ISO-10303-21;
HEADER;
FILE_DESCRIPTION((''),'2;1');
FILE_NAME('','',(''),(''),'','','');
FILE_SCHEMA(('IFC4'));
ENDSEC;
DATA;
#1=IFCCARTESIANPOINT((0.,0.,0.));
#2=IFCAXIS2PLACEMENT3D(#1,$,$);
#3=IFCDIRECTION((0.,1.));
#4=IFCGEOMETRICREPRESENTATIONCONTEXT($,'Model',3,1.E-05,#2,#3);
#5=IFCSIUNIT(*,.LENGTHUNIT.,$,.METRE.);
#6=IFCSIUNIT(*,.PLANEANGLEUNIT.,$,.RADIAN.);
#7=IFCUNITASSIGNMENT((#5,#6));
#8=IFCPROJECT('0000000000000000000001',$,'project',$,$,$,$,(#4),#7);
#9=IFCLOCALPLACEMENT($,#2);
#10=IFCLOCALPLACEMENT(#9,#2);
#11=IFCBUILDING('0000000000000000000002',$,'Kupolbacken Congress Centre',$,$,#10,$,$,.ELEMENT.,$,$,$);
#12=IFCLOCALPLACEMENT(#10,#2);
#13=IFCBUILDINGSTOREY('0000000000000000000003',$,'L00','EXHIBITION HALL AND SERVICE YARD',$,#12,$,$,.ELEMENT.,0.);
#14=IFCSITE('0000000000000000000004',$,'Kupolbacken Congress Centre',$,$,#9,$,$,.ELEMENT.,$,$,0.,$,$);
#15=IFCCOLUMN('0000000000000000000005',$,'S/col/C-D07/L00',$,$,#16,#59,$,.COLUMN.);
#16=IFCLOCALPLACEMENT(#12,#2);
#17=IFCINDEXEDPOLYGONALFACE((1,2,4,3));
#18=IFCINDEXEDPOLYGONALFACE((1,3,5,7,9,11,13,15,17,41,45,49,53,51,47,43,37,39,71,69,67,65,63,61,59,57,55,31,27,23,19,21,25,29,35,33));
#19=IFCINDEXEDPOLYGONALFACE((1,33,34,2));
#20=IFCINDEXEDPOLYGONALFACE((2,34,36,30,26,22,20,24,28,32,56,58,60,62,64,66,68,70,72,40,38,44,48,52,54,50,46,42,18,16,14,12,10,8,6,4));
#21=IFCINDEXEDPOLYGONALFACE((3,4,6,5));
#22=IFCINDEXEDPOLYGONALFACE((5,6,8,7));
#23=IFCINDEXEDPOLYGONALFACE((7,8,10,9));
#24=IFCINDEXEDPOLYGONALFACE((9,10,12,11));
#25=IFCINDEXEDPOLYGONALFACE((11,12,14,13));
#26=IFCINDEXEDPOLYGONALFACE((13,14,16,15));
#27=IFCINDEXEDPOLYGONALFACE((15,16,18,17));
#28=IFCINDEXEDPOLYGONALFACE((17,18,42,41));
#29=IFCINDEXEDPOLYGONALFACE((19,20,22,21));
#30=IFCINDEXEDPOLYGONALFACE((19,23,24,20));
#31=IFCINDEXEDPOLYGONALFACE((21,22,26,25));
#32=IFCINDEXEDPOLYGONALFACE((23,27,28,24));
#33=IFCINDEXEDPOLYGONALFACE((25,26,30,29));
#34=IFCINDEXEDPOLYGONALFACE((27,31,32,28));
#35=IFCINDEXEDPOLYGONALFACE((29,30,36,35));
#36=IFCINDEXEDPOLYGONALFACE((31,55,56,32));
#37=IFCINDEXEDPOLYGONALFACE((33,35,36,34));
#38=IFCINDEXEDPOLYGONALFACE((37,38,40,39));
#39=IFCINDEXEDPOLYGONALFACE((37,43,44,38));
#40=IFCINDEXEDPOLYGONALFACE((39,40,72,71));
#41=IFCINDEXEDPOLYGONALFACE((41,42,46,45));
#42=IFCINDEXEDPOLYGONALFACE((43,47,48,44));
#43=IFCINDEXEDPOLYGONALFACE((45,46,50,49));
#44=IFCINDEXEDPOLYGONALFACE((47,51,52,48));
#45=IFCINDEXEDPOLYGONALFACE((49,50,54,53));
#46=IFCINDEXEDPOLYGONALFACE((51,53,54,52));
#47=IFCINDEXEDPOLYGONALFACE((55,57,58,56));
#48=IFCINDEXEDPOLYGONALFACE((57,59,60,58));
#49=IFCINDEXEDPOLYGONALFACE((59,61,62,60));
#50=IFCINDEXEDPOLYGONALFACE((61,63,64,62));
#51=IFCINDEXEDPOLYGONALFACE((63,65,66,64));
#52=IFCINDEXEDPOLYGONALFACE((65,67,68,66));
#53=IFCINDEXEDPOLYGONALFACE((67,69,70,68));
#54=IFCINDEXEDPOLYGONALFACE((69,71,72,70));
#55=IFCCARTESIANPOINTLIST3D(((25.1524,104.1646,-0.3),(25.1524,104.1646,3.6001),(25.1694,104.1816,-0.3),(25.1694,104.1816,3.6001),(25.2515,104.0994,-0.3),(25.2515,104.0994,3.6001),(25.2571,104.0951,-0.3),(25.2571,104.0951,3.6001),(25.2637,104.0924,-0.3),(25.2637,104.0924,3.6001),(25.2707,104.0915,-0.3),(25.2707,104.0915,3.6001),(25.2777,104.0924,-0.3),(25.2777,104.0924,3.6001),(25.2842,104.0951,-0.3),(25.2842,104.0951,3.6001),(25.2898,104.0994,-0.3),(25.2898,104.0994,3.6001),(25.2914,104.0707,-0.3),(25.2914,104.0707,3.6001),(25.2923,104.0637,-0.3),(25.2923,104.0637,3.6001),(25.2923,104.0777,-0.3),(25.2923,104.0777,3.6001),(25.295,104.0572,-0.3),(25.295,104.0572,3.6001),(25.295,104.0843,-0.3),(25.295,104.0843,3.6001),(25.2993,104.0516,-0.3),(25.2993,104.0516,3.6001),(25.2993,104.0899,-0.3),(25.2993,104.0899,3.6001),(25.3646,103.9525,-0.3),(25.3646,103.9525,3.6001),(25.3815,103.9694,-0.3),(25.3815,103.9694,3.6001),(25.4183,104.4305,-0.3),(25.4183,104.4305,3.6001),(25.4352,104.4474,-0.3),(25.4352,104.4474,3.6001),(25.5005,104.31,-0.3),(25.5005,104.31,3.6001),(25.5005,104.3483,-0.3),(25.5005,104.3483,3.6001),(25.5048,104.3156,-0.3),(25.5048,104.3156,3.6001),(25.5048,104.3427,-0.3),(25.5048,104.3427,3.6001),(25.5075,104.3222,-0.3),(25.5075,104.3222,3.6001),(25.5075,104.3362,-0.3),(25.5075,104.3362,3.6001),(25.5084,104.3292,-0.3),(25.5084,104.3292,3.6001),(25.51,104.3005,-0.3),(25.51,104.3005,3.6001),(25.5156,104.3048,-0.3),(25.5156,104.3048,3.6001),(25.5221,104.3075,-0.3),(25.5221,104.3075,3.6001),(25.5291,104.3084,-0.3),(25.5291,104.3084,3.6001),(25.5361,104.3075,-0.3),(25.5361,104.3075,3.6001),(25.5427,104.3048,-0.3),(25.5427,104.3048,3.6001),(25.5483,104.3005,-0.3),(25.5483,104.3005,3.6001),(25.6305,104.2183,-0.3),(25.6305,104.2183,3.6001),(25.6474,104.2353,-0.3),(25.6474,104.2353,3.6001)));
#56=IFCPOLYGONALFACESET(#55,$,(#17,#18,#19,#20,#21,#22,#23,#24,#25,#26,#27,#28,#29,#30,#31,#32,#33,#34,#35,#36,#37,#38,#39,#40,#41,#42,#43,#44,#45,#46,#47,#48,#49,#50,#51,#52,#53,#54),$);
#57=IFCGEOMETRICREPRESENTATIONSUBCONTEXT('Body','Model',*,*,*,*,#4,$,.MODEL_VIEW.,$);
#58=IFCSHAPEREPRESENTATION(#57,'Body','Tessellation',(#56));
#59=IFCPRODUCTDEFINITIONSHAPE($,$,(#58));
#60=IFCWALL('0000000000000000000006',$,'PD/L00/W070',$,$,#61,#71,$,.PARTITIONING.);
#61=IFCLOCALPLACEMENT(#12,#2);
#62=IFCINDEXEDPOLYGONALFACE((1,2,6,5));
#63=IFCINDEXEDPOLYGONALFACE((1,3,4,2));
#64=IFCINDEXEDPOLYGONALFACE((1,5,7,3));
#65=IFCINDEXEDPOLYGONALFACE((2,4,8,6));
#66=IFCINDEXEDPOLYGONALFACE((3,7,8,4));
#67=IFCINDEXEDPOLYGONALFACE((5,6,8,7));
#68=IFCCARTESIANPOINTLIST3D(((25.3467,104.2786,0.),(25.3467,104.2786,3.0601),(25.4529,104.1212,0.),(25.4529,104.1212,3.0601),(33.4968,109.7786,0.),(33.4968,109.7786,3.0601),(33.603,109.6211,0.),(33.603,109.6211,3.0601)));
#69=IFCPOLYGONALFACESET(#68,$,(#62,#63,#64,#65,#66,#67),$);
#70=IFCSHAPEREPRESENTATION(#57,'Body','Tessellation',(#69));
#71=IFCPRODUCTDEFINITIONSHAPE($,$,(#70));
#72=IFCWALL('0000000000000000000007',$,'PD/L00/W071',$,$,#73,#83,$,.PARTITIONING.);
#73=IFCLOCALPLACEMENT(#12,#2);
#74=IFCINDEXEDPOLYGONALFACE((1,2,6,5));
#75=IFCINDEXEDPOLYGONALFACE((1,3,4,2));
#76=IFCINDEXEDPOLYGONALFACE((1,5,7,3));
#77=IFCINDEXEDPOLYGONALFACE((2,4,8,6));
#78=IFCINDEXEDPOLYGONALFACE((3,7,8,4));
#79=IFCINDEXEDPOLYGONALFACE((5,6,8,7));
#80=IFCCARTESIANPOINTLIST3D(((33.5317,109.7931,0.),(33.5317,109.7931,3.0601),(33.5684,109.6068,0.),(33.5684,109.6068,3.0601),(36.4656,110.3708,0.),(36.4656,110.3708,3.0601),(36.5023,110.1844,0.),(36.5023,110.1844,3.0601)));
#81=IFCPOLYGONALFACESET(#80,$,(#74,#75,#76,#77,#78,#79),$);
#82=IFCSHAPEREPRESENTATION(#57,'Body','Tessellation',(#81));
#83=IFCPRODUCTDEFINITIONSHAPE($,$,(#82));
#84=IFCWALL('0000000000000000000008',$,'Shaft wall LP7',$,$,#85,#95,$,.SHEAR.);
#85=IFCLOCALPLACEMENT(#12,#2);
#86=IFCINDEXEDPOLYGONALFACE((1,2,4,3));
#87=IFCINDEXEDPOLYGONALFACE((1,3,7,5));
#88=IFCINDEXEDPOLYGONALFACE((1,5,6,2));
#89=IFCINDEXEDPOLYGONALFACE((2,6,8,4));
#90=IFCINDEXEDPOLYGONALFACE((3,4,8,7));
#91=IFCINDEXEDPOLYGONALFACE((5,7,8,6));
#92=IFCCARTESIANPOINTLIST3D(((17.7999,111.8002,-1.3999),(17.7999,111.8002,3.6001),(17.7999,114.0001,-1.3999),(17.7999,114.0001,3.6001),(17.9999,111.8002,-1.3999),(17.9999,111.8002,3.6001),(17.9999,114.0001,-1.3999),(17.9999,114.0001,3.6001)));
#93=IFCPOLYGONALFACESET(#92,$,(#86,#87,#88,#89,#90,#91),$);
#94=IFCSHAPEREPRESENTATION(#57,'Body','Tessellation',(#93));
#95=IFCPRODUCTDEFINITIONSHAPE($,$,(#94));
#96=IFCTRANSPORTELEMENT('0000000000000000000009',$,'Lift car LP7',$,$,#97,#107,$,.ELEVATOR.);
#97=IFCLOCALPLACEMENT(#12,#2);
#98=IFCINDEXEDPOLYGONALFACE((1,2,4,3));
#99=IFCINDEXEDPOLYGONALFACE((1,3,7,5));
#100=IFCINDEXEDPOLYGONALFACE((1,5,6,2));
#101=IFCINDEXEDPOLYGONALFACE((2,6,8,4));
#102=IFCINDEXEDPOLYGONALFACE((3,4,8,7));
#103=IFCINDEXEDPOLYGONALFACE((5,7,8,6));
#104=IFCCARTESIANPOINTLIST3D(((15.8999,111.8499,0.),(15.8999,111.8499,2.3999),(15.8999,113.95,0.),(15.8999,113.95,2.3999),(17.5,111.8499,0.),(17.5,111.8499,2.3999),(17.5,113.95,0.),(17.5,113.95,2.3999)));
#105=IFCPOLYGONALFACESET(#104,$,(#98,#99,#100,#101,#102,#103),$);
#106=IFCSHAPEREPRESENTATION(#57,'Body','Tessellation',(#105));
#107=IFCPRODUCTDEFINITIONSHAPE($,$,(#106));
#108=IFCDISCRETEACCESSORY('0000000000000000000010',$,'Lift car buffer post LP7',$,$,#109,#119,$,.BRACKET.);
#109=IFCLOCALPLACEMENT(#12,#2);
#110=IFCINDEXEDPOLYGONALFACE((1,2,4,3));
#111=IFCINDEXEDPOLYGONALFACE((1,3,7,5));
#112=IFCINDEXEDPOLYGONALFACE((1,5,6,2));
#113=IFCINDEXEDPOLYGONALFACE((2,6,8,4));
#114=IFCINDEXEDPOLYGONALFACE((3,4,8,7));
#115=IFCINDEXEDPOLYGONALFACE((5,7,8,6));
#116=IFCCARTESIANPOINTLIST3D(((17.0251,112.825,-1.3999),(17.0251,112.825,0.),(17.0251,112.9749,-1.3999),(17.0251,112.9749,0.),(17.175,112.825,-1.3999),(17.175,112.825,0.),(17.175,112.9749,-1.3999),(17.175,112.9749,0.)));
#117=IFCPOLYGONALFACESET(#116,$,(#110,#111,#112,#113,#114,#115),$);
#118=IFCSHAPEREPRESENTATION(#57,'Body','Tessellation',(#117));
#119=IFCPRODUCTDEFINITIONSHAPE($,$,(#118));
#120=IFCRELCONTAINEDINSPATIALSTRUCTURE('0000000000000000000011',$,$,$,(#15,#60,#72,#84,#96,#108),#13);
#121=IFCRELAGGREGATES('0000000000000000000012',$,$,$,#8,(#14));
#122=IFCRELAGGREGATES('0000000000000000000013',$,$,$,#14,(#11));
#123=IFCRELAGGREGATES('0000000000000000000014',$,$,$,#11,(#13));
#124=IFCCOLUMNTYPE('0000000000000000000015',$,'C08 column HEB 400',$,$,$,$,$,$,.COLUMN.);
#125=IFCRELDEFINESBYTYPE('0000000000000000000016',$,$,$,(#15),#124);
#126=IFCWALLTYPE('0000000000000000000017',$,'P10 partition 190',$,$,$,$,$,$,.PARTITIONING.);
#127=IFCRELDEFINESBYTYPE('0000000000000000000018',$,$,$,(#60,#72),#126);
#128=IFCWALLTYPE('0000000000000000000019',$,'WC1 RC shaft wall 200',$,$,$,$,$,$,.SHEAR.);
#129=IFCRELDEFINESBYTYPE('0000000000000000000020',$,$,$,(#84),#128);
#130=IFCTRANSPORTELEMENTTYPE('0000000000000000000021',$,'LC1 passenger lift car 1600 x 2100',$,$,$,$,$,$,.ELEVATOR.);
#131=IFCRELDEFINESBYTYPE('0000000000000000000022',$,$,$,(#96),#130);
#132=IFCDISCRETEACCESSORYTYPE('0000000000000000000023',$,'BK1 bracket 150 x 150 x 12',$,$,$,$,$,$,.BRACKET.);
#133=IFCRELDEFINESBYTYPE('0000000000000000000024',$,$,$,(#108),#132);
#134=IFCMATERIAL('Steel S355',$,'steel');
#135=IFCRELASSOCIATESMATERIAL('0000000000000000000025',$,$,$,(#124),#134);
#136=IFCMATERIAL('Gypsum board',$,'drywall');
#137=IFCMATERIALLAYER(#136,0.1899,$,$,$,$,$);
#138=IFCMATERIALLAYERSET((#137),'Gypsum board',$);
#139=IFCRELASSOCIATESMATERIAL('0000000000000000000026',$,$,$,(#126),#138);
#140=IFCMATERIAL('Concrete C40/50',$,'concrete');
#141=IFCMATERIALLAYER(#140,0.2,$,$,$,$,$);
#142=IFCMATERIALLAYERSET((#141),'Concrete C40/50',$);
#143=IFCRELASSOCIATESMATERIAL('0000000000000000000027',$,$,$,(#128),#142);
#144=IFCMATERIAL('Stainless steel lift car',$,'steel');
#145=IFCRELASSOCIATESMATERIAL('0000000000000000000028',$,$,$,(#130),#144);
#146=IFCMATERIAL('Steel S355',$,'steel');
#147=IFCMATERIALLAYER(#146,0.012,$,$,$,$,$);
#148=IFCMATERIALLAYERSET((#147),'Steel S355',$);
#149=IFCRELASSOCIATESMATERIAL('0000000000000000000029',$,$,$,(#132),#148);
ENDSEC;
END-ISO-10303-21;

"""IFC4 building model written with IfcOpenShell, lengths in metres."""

from ifc_helpers import new_model, si_unit, direction, frame, frame_2d, origin, origin_2d, place, context, subcontext, project, spatial, rectangle, i_section, extrude, material, layer, layer_set, material_profile, profile_set, type_object, element, save


model = new_model("IFC4")

# Units and contexts
model_context = context("Model", 3, precision=1e-05, world=origin(), true_north=direction((0.0, 1.0)))
body_context = subcontext(model_context, "Body", "Model", "MODEL_VIEW")
ifc_project = project(units=[si_unit("LENGTHUNIT", "METRE"), si_unit("PLANEANGLEUNIT", "RADIAN")], contexts=[model_context])

# Site, building, storey
site_placement = place(None, origin())
site = spatial("IfcSite", under=ifc_project, at=site_placement, Name="Kupolbacken Congress Centre", CompositionType="ELEMENT", RefElevation=0.0)
building_placement = place(site_placement, origin())
building = spatial("IfcBuilding", under=site, at=building_placement, Name="Kupolbacken Congress Centre", CompositionType="ELEMENT")
storey_placement = place(building_placement, origin())
storey = spatial("IfcBuildingStorey", under=building, at=storey_placement, Name="L00", Description="EXHIBITION HALL AND SERVICE YARD", CompositionType="ELEMENT", Elevation=0.0)

# Column
ifc_material_1 = material(Name="Steel S355", Category="steel")
ifc_material_profile_1 = material_profile(ifc_material_1, i_section(OverallWidth=0.3, OverallDepth=0.3999, WebThickness=0.0134, FlangeThickness=0.0239, FilletRadius=0.0271, at=origin_2d()), Name="HEB 400")
ifc_profile_set_1 = profile_set([ifc_material_profile_1], Name="Steel S355")
column_type_1 = type_object("IfcColumnType", Name="C08 column HEB 400", PredefinedType="COLUMN", material=ifc_profile_set_1)
for number, where, z_axis, x_axis, name in (
    (1, (25.3999, 104.2, -0.3), (0.0, 0.0, 1.0), (-0.707107, 0.707107, 0.0), "S/col/C-D07/L00"),
):
    element("IfcColumn", number, at=place(storey_placement, frame(where, z_axis=z_axis, x_axis=x_axis)), inside=storey, type_object=column_type_1, Name=name, PredefinedType="COLUMN", context=body_context, shape_type="SweptSolid", body=[
        extrude(i_section(OverallWidth=0.3, OverallDepth=0.3999, WebThickness=0.0134, FlangeThickness=0.0239, FilletRadius=0.0271, at=origin_2d()), origin(), (0.0, 0.0, 1.0), 3.9001),
    ])

# Walls
ifc_material_2 = material(Name="Gypsum board", Category="drywall")
ifc_layer_1 = layer(ifc_material_2, 0.1899)
ifc_layer_set_1 = layer_set([ifc_layer_1], Name="Gypsum board")
wall_type_1 = type_object("IfcWallType", Name="P10 partition 190", PredefinedType="PARTITIONING", material=ifc_layer_set_1)
wall_1_placement = place(storey_placement, frame((25.3999, 104.2, 0.0), z_axis=(0.0, 0.0, 1.0), x_axis=(0.828912, 0.559379, 0.0)))
element("IfcWall", 2, at=wall_1_placement, inside=storey, type_object=wall_type_1, Name="PD/L00/W070", PredefinedType="PARTITIONING", context=body_context, shape_type="SweptSolid", body=[
    extrude(rectangle(XDim=9.8323, YDim=0.1899, at=frame_2d((4.916, 0.0))), origin(), (0.0, 0.0, 1.0), 3.0601),
])
wall_2_placement = place(storey_placement, frame((33.55, 109.7, 0.0), z_axis=(0.0, 0.0, 1.0), x_axis=(0.981164, 0.193179, 0.0)))
element("IfcWall", 3, at=wall_2_placement, inside=storey, type_object=wall_type_1, Name="PD/L00/W071", PredefinedType="PARTITIONING", context=body_context, shape_type="SweptSolid", body=[
    extrude(rectangle(XDim=2.9902, YDim=0.1899, at=frame_2d((1.4951, 0.0))), origin(), (0.0, 0.0, 1.0), 3.0601),
])
ifc_material_3 = material(Name="Concrete C40/50", Category="concrete")
ifc_layer_2 = layer(ifc_material_3, 0.2)
ifc_layer_set_2 = layer_set([ifc_layer_2], Name="Concrete C40/50")
wall_type_2 = type_object("IfcWallType", Name="WC1 RC shaft wall 200", PredefinedType="SHEAR", material=ifc_layer_set_2)
wall_3_placement = place(storey_placement, frame((17.8999, 111.8, -1.3999), z_axis=(0.0, 0.0, 1.0), x_axis=(0.0, 1.0, 0.0)))
element("IfcWall", 4, at=wall_3_placement, inside=storey, type_object=wall_type_2, Name="Shaft wall LP7", PredefinedType="SHEAR", context=body_context, shape_type="SweptSolid", body=[
    extrude(rectangle(XDim=2.2, YDim=0.2, at=frame_2d((1.1001, 0.0))), origin(), (0.0, 0.0, 1.0), 5.0),
])

# Transport element
ifc_material_4 = material(Name="Stainless steel lift car", Category="steel")
transport_element_type = type_object("IfcTransportElementType", Name="LC1 passenger lift car 1600 x 2100", PredefinedType="ELEVATOR", material=ifc_material_4)
transport_element_placement = place(storey_placement, frame((16.7, 112.8999, 0.0), z_axis=(0.0, 0.0, 1.0), x_axis=(1.0, 0.0, 0.0)))
element("IfcTransportElement", 5, at=transport_element_placement, inside=storey, type_object=transport_element_type, Name="Lift car LP7", PredefinedType="ELEVATOR", context=body_context, shape_type="SweptSolid", body=[
    extrude(rectangle(XDim=1.6001, YDim=2.1001, at=origin_2d()), origin(), (0.0, 0.0, 1.0), 2.3999),
])

# Discrete accessory
ifc_material_5 = material(Name="Steel S355", Category="steel")
ifc_layer_3 = layer(ifc_material_5, 0.012)
ifc_layer_set_3 = layer_set([ifc_layer_3], Name="Steel S355")
discrete_accessory_type = type_object("IfcDiscreteAccessoryType", Name="BK1 bracket 150 x 150 x 12", PredefinedType="BRACKET", material=ifc_layer_set_3)
discrete_accessory_placement = place(storey_placement, frame((17.1001, 112.8999, -1.3999), z_axis=(0.0, 0.0, 1.0), x_axis=(1.0, 0.0, 0.0)))
element("IfcDiscreteAccessory", 6, at=discrete_accessory_placement, inside=storey, type_object=discrete_accessory_type, Name="Lift car buffer post LP7", PredefinedType="BRACKET", context=body_context, shape_type="SweptSolid", body=[
    extrude(rectangle(XDim=0.1499, YDim=0.1499, at=origin_2d()), origin(), (0.0, 0.0, 1.0), 1.3999),
])

save(model, "model.ifc")
